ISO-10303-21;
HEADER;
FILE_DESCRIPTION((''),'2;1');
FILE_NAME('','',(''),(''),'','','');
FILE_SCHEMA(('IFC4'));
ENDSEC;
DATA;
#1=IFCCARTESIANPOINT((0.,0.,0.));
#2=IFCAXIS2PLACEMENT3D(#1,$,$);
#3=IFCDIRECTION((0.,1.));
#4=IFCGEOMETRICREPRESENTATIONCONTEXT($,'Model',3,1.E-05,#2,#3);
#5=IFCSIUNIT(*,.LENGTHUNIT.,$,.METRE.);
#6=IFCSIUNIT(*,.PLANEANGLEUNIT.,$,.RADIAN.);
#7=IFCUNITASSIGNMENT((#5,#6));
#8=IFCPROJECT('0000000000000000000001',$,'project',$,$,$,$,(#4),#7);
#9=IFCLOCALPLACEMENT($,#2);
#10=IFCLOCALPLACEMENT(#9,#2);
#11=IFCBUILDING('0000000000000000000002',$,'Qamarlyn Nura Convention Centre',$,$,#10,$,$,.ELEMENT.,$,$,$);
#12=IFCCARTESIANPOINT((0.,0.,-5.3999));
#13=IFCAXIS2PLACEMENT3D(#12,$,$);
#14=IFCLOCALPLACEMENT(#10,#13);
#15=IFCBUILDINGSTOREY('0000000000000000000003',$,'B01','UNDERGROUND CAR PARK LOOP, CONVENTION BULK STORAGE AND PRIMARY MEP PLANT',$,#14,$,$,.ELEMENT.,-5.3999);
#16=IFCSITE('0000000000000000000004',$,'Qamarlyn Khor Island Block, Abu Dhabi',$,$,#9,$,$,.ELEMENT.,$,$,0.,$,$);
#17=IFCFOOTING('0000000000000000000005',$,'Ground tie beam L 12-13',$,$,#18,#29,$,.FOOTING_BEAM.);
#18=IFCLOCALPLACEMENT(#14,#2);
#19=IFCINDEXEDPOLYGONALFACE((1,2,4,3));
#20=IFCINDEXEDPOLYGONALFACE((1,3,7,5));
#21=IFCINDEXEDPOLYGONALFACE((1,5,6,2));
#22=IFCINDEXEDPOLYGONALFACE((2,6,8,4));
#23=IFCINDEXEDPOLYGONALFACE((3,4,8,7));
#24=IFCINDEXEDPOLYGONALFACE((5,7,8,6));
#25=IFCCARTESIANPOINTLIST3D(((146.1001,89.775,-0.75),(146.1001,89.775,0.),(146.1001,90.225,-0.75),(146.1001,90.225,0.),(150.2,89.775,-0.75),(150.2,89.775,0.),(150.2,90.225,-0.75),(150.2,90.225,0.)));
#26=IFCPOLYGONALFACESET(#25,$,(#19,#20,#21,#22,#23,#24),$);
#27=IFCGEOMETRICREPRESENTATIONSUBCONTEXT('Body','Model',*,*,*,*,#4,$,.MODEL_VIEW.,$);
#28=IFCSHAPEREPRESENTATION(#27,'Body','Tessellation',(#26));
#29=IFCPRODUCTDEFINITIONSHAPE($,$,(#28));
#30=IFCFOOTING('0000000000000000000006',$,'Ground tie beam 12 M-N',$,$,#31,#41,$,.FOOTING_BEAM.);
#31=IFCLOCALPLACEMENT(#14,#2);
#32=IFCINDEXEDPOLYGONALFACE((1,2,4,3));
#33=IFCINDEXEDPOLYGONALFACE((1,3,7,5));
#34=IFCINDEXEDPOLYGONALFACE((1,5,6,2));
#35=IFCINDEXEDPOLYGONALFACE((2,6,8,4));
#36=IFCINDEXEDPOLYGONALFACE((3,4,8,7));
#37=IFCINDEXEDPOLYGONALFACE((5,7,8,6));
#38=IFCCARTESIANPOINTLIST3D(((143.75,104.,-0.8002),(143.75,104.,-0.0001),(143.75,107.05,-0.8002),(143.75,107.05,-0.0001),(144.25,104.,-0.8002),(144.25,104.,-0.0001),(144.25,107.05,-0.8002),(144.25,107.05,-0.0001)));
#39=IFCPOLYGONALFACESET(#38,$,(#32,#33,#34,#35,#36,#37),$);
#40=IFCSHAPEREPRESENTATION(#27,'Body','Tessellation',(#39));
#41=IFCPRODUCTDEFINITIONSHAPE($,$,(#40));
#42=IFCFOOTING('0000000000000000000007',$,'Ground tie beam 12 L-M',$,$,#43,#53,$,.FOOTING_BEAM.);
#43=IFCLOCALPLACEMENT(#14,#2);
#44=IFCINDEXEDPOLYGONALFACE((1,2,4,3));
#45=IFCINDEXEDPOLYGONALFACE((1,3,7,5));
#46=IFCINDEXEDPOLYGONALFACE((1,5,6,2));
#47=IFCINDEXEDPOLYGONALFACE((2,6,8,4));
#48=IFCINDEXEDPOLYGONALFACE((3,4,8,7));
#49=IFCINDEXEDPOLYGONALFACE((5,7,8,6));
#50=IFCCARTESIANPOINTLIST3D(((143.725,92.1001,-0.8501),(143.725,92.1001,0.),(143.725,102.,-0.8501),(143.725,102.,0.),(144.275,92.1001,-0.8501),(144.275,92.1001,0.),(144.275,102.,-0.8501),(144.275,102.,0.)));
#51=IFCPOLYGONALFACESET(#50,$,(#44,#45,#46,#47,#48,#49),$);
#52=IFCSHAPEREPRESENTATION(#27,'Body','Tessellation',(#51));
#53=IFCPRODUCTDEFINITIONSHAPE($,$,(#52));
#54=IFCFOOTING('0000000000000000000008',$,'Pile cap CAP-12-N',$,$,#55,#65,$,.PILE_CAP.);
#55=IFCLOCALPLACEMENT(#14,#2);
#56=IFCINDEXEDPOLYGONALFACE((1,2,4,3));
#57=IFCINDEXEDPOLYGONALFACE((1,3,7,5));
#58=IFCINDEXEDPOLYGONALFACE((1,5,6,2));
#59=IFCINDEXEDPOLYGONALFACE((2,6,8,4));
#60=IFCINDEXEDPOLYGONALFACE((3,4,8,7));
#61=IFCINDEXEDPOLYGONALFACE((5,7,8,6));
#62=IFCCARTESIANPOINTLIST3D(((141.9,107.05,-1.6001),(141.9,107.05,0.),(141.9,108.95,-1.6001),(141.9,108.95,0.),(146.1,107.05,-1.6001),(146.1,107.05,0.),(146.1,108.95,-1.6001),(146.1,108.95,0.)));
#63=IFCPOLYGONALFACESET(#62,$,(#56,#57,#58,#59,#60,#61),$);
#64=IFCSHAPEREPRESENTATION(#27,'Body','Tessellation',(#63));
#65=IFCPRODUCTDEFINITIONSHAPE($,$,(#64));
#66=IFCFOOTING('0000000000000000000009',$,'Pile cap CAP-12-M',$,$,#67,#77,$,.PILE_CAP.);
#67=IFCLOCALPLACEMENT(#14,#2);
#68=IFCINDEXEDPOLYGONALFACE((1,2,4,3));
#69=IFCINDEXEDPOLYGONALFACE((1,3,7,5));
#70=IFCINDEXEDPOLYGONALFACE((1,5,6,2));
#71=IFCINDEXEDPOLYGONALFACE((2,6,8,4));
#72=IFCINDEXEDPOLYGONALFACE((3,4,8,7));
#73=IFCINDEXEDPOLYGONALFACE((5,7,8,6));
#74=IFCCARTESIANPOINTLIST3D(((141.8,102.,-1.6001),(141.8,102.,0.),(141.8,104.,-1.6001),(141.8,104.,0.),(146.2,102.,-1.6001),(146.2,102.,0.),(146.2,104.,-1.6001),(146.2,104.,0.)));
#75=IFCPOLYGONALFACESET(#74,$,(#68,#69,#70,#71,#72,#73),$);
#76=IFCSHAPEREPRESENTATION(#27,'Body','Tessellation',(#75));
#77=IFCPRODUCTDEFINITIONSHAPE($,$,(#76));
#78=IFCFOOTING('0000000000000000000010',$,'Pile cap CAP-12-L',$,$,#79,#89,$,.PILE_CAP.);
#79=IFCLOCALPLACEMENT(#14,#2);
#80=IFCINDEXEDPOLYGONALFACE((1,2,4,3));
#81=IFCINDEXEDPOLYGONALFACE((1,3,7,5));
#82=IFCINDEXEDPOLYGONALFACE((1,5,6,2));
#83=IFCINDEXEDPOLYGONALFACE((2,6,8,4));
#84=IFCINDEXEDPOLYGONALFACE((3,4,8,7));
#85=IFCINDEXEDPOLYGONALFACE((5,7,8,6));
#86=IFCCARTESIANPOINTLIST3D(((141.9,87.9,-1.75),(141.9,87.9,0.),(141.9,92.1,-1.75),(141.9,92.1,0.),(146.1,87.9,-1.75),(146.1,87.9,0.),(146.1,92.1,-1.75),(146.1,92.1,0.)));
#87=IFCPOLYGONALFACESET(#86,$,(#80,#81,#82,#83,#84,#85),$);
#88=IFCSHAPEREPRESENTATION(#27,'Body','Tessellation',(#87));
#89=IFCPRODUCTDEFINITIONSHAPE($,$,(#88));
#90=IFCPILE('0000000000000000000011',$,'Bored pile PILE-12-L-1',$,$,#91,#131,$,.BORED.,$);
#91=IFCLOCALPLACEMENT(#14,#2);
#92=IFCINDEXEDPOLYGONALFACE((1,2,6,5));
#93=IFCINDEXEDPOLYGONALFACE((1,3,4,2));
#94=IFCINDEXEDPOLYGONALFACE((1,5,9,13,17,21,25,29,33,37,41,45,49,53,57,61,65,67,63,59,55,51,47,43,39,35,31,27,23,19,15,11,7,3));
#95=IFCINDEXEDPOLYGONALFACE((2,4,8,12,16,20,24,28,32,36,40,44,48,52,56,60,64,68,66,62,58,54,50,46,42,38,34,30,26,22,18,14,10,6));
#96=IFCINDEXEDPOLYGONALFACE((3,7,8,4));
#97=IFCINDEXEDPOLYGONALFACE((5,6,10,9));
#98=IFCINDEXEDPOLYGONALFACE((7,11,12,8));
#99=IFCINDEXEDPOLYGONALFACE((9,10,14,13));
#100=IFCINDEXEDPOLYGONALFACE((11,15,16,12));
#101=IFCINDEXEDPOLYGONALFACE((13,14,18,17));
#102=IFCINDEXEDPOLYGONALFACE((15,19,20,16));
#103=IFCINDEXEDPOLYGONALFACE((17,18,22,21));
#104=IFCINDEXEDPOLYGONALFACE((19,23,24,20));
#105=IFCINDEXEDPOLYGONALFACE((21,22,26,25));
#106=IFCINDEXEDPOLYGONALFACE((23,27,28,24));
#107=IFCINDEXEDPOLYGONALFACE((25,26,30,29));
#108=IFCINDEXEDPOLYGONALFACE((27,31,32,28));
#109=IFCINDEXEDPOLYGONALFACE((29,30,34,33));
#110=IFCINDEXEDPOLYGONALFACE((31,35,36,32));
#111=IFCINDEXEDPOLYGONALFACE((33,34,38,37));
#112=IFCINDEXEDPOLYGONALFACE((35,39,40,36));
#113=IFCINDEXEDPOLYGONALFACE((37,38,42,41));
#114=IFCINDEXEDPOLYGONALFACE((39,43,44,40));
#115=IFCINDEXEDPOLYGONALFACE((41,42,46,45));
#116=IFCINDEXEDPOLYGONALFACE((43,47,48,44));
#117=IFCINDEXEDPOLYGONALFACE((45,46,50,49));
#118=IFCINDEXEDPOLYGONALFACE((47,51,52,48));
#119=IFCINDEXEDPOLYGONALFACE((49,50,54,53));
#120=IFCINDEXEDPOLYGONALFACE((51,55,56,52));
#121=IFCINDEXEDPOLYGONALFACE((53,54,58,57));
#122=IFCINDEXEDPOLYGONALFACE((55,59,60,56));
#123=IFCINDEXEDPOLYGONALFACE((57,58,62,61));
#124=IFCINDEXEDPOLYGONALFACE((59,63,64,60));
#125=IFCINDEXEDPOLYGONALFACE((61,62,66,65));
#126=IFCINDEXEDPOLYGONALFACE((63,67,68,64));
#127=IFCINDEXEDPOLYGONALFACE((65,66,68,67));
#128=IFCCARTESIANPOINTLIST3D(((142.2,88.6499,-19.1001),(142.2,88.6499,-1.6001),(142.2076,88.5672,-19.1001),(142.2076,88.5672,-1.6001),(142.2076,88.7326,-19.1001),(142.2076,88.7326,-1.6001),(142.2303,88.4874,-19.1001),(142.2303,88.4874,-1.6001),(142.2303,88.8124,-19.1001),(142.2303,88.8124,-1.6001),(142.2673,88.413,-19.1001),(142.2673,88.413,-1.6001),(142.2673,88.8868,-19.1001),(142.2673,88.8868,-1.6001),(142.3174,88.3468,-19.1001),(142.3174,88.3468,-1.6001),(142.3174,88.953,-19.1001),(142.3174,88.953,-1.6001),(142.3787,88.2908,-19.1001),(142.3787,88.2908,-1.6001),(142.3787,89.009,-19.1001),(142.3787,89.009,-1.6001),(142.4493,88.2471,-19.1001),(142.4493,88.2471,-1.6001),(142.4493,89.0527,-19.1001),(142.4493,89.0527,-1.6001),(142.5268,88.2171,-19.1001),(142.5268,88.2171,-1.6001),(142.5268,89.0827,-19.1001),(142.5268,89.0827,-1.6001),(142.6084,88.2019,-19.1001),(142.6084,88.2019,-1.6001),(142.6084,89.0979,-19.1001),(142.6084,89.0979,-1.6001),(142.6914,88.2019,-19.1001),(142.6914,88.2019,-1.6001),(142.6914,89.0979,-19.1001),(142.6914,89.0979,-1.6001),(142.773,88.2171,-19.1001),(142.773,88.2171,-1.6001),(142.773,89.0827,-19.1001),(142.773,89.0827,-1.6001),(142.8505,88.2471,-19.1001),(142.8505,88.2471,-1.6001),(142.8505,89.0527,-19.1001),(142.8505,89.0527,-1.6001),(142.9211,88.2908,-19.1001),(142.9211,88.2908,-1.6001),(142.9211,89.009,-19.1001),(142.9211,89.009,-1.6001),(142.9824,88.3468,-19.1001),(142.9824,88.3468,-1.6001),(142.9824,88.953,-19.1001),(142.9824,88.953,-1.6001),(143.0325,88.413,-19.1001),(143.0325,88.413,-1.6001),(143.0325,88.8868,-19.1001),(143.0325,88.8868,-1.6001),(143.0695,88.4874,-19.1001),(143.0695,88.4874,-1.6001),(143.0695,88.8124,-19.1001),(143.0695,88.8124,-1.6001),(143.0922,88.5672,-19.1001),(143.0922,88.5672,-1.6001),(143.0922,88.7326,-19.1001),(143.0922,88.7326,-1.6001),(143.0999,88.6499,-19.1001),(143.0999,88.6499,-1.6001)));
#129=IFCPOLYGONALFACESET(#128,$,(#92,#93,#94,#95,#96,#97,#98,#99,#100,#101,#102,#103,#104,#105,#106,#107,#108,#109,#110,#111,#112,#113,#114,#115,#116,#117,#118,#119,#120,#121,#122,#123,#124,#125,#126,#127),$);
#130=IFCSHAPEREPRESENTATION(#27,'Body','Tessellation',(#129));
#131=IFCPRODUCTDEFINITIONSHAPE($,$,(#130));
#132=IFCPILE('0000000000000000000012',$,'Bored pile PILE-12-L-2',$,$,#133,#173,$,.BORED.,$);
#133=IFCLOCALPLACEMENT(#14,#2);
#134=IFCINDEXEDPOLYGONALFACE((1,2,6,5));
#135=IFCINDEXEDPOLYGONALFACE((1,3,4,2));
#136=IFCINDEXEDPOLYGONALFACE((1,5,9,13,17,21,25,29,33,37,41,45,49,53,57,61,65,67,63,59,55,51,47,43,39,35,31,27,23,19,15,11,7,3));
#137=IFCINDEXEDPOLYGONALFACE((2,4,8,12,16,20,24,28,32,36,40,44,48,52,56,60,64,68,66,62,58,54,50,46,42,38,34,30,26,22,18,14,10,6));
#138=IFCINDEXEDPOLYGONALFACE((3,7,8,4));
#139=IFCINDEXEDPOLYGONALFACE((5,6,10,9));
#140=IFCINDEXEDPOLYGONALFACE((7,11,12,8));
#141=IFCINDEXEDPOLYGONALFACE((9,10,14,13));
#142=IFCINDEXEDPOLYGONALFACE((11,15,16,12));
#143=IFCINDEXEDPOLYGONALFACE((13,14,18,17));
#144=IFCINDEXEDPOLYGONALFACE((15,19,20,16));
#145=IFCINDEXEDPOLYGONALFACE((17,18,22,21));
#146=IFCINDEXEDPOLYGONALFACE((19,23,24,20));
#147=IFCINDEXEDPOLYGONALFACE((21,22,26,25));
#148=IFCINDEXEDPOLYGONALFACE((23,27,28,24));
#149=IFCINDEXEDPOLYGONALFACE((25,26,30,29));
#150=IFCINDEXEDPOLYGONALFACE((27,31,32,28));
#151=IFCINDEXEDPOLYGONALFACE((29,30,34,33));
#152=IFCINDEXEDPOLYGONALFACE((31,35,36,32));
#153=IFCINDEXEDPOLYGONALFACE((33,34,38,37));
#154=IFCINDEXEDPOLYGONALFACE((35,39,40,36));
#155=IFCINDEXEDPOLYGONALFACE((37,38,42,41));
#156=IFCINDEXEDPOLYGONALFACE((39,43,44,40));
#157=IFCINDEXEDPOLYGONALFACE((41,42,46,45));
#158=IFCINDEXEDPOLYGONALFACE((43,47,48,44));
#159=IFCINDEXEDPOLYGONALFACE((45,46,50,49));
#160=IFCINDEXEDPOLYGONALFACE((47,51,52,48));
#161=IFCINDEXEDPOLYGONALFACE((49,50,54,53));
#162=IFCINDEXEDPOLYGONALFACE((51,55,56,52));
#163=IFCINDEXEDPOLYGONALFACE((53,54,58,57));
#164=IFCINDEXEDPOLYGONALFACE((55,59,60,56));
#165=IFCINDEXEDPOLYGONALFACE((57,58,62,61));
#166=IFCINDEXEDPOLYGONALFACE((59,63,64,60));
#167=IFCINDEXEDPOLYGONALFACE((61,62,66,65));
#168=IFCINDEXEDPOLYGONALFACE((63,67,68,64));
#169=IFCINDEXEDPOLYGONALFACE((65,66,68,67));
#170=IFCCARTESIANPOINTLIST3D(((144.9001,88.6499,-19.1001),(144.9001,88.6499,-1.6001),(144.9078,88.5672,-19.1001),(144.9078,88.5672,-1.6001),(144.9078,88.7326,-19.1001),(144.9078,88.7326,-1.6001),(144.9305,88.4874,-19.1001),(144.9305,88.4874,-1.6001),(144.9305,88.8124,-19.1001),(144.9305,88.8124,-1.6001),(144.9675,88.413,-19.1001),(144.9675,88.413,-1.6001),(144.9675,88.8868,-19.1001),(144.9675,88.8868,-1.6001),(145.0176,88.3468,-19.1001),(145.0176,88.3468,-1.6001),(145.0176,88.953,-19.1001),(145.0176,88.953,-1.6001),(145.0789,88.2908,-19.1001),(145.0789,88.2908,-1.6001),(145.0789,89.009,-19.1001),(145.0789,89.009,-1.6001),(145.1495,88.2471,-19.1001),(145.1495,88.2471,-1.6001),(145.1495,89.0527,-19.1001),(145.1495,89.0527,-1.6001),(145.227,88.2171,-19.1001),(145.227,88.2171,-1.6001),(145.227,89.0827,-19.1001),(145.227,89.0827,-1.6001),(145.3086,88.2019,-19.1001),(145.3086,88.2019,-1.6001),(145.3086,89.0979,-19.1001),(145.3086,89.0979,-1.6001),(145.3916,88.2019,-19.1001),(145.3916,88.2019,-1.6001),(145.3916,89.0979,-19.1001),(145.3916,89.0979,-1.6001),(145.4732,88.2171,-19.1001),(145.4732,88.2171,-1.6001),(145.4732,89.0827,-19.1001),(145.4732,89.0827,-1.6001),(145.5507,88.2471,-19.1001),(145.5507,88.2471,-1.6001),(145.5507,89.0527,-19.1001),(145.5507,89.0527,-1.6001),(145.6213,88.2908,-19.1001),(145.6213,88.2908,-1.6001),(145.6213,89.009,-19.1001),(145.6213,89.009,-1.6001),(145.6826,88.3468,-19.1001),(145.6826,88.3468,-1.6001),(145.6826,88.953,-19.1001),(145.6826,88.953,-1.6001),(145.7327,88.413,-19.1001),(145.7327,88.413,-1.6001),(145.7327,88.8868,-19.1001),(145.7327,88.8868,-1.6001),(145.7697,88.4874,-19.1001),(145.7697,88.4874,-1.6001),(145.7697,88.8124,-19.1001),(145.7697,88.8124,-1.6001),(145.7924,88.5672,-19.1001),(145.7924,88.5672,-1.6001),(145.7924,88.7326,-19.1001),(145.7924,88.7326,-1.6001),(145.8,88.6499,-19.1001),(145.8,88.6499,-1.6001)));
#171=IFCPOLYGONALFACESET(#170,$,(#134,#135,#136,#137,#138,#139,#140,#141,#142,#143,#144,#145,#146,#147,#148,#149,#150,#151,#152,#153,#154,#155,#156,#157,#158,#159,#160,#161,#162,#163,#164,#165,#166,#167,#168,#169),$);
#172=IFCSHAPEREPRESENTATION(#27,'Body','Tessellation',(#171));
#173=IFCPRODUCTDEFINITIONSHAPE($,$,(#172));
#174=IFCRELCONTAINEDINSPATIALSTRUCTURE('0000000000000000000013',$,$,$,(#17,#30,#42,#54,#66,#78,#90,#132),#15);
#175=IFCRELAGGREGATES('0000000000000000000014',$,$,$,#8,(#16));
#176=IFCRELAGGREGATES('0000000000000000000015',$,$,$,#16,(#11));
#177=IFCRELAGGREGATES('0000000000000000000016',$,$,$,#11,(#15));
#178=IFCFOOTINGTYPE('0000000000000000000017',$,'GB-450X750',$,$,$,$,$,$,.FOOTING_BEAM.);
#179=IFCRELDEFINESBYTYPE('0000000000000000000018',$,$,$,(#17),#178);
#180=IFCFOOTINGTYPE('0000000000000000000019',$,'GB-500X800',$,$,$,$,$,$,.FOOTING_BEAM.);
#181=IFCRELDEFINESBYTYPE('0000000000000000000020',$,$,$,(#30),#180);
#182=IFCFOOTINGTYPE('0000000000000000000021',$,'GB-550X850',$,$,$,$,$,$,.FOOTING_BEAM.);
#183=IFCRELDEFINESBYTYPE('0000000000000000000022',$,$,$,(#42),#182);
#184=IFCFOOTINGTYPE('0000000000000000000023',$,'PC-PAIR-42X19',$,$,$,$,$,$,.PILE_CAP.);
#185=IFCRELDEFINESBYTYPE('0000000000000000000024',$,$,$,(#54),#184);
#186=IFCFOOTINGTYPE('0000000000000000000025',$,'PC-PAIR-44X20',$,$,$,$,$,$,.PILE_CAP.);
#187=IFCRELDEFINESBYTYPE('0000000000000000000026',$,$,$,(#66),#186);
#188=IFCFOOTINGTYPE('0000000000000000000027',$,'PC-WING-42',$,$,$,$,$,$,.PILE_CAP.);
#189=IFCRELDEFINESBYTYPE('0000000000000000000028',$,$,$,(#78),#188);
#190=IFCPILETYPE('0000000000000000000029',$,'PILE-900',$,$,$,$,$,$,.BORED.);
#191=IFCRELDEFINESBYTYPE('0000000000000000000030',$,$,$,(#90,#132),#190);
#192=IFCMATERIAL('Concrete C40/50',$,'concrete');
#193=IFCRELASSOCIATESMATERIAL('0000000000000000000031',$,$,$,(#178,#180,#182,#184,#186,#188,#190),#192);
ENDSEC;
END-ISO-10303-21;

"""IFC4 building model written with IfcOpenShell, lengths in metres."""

from ifc_helpers import new_model, si_unit, direction, frame, origin, origin_2d, place, context, subcontext, project, spatial, rectangle, circle, extrude, material, material_profile, profile_set, type_object, element, save


model = new_model("IFC4")

# Units and contexts
model_context = context("Model", 3, precision=1e-05, world=origin(), true_north=direction((0.0, 1.0)))
body_context = subcontext(model_context, "Body", "Model", "MODEL_VIEW")
ifc_project = project(units=[si_unit("LENGTHUNIT", "METRE"), si_unit("PLANEANGLEUNIT", "RADIAN")], contexts=[model_context])

# Site, building, storey
site_placement = place(None, origin())
site = spatial("IfcSite", under=ifc_project, at=site_placement, Name="Qamarlyn Khor Island Block, Abu Dhabi", CompositionType="ELEMENT", RefElevation=0.0)
building_placement = place(site_placement, origin())
building = spatial("IfcBuilding", under=site, at=building_placement, Name="Qamarlyn Nura Convention Centre", CompositionType="ELEMENT")
storey_placement = place(building_placement, frame((0.0, 0.0, -5.3999)))
storey = spatial("IfcBuildingStorey", under=building, at=storey_placement, Name="B01", Description="UNDERGROUND CAR PARK LOOP, CONVENTION BULK STORAGE AND PRIMARY MEP PLANT", CompositionType="ELEMENT", Elevation=-5.3999)

# Footings
ifc_material_1 = material(Name="Concrete C40/50", Category="concrete")
ifc_material_profile_1 = material_profile(ifc_material_1, rectangle(XDim=0.45, YDim=0.75, at=origin_2d()), Name="RC GB 450x750")
ifc_profile_set_1 = profile_set([ifc_material_profile_1], Name="Concrete C40/50")
footing_type_1 = type_object("IfcFootingType", Name="GB-450X750", PredefinedType="FOOTING_BEAM", material=ifc_profile_set_1)
footing_1_placement = place(storey_placement, frame((146.1001, 90.0, -0.375), z_axis=(1.0, 0.0, 0.0), x_axis=(0.0, 1.0, 0.0)))
element("IfcFooting", 1, at=footing_1_placement, inside=storey, type_object=footing_type_1, Name="Ground tie beam L 12-13", PredefinedType="FOOTING_BEAM", context=body_context, shape_type="SweptSolid", body=[
    extrude(rectangle(XDim=0.45, YDim=0.75, at=origin_2d()), origin(), (0.0, 0.0, 1.0), 4.0999),
])
ifc_material_profile_2 = material_profile(ifc_material_1, rectangle(XDim=0.5, YDim=0.8, at=origin_2d()), Name="RC GB 500x800")
ifc_profile_set_2 = profile_set([ifc_material_profile_2], Name="Concrete C40/50")
footing_type_2 = type_object("IfcFootingType", Name="GB-500X800", PredefinedType="FOOTING_BEAM", material=ifc_profile_set_2)
footing_2_placement = place(storey_placement, frame((144.0, 104.0, -0.4001), z_axis=(0.0, 1.0, 0.0), x_axis=(-1.0, 0.0, 0.0)))
element("IfcFooting", 2, at=footing_2_placement, inside=storey, type_object=footing_type_2, Name="Ground tie beam 12 M-N", PredefinedType="FOOTING_BEAM", context=body_context, shape_type="SweptSolid", body=[
    extrude(rectangle(XDim=0.5, YDim=0.8, at=origin_2d()), origin(), (0.0, 0.0, 1.0), 3.05),
])
ifc_material_profile_3 = material_profile(ifc_material_1, rectangle(XDim=0.55, YDim=0.8501, at=origin_2d()), Name="RC GB 550x850")
ifc_profile_set_3 = profile_set([ifc_material_profile_3], Name="Concrete C40/50")
footing_type_3 = type_object("IfcFootingType", Name="GB-550X850", PredefinedType="FOOTING_BEAM", material=ifc_profile_set_3)
footing_3_placement = place(storey_placement, frame((144.0, 92.1001, -0.425), z_axis=(0.0, 1.0, 0.0), x_axis=(-1.0, 0.0, 0.0)))
element("IfcFooting", 3, at=footing_3_placement, inside=storey, type_object=footing_type_3, Name="Ground tie beam 12 L-M", PredefinedType="FOOTING_BEAM", context=body_context, shape_type="SweptSolid", body=[
    extrude(rectangle(XDim=0.55, YDim=0.8501, at=origin_2d()), origin(), (0.0, 0.0, 1.0), 9.8999),
])
footing_type_4 = type_object("IfcFootingType", Name="PC-PAIR-42X19", PredefinedType="PILE_CAP", material=ifc_material_1)
footing_4_placement = place(storey_placement, frame((144.0, 108.0, -1.6001), z_axis=(0.0, 0.0, 1.0), x_axis=(1.0, 0.0, 0.0)))
element("IfcFooting", 4, at=footing_4_placement, inside=storey, type_object=footing_type_4, Name="Pile cap CAP-12-N", PredefinedType="PILE_CAP", context=body_context, shape_type="SweptSolid", body=[
    extrude(rectangle(XDim=4.2, YDim=1.8999, at=origin_2d()), origin(), (0.0, 0.0, 1.0), 1.6001),
])
footing_type_5 = type_object("IfcFootingType", Name="PC-PAIR-44X20", PredefinedType="PILE_CAP", material=ifc_material_1)
footing_5_placement = place(storey_placement, frame((144.0, 103.0, -1.6001), z_axis=(0.0, 0.0, 1.0), x_axis=(1.0, 0.0, 0.0)))
element("IfcFooting", 5, at=footing_5_placement, inside=storey, type_object=footing_type_5, Name="Pile cap CAP-12-M", PredefinedType="PILE_CAP", context=body_context, shape_type="SweptSolid", body=[
    extrude(rectangle(XDim=4.3999, YDim=2.0, at=origin_2d()), origin(), (0.0, 0.0, 1.0), 1.6001),
])
footing_type_6 = type_object("IfcFootingType", Name="PC-WING-42", PredefinedType="PILE_CAP", material=ifc_material_1)
footing_6_placement = place(storey_placement, frame((144.0, 90.0, -1.75), z_axis=(0.0, 0.0, 1.0), x_axis=(1.0, 0.0, 0.0)))
element("IfcFooting", 6, at=footing_6_placement, inside=storey, type_object=footing_type_6, Name="Pile cap CAP-12-L", PredefinedType="PILE_CAP", context=body_context, shape_type="SweptSolid", body=[
    extrude(rectangle(XDim=4.2, YDim=4.2, at=origin_2d()), origin(), (0.0, 0.0, 1.0), 1.75),
])

# Piles
ifc_material_profile_4 = material_profile(ifc_material_1, circle(Radius=0.45, at=origin_2d()), Name="BORED PILE 900")
ifc_profile_set_4 = profile_set([ifc_material_profile_4], Name="Concrete C40/50")
pile_type = type_object("IfcPileType", Name="PILE-900", PredefinedType="BORED", material=ifc_profile_set_4)
for number, where, z_axis, x_axis, name in (
    (7, (142.6499, 88.6499, -1.6001), (0.0, 0.0, -1.0), (1.0, 0.0, 0.0), "Bored pile PILE-12-L-1"),
    (8, (145.3501, 88.6499, -1.6001), (0.0, 0.0, -1.0), (1.0, 0.0, 0.0), "Bored pile PILE-12-L-2"),
):
    element("IfcPile", number, at=place(storey_placement, frame(where, z_axis=z_axis, x_axis=x_axis)), inside=storey, type_object=pile_type, Name=name, PredefinedType="BORED", context=body_context, shape_type="SweptSolid", body=[
        extrude(circle(Radius=0.45, at=origin_2d()), origin(), (0.0, 0.0, 1.0), 17.5),
    ])

save(model, "model.ifc")
